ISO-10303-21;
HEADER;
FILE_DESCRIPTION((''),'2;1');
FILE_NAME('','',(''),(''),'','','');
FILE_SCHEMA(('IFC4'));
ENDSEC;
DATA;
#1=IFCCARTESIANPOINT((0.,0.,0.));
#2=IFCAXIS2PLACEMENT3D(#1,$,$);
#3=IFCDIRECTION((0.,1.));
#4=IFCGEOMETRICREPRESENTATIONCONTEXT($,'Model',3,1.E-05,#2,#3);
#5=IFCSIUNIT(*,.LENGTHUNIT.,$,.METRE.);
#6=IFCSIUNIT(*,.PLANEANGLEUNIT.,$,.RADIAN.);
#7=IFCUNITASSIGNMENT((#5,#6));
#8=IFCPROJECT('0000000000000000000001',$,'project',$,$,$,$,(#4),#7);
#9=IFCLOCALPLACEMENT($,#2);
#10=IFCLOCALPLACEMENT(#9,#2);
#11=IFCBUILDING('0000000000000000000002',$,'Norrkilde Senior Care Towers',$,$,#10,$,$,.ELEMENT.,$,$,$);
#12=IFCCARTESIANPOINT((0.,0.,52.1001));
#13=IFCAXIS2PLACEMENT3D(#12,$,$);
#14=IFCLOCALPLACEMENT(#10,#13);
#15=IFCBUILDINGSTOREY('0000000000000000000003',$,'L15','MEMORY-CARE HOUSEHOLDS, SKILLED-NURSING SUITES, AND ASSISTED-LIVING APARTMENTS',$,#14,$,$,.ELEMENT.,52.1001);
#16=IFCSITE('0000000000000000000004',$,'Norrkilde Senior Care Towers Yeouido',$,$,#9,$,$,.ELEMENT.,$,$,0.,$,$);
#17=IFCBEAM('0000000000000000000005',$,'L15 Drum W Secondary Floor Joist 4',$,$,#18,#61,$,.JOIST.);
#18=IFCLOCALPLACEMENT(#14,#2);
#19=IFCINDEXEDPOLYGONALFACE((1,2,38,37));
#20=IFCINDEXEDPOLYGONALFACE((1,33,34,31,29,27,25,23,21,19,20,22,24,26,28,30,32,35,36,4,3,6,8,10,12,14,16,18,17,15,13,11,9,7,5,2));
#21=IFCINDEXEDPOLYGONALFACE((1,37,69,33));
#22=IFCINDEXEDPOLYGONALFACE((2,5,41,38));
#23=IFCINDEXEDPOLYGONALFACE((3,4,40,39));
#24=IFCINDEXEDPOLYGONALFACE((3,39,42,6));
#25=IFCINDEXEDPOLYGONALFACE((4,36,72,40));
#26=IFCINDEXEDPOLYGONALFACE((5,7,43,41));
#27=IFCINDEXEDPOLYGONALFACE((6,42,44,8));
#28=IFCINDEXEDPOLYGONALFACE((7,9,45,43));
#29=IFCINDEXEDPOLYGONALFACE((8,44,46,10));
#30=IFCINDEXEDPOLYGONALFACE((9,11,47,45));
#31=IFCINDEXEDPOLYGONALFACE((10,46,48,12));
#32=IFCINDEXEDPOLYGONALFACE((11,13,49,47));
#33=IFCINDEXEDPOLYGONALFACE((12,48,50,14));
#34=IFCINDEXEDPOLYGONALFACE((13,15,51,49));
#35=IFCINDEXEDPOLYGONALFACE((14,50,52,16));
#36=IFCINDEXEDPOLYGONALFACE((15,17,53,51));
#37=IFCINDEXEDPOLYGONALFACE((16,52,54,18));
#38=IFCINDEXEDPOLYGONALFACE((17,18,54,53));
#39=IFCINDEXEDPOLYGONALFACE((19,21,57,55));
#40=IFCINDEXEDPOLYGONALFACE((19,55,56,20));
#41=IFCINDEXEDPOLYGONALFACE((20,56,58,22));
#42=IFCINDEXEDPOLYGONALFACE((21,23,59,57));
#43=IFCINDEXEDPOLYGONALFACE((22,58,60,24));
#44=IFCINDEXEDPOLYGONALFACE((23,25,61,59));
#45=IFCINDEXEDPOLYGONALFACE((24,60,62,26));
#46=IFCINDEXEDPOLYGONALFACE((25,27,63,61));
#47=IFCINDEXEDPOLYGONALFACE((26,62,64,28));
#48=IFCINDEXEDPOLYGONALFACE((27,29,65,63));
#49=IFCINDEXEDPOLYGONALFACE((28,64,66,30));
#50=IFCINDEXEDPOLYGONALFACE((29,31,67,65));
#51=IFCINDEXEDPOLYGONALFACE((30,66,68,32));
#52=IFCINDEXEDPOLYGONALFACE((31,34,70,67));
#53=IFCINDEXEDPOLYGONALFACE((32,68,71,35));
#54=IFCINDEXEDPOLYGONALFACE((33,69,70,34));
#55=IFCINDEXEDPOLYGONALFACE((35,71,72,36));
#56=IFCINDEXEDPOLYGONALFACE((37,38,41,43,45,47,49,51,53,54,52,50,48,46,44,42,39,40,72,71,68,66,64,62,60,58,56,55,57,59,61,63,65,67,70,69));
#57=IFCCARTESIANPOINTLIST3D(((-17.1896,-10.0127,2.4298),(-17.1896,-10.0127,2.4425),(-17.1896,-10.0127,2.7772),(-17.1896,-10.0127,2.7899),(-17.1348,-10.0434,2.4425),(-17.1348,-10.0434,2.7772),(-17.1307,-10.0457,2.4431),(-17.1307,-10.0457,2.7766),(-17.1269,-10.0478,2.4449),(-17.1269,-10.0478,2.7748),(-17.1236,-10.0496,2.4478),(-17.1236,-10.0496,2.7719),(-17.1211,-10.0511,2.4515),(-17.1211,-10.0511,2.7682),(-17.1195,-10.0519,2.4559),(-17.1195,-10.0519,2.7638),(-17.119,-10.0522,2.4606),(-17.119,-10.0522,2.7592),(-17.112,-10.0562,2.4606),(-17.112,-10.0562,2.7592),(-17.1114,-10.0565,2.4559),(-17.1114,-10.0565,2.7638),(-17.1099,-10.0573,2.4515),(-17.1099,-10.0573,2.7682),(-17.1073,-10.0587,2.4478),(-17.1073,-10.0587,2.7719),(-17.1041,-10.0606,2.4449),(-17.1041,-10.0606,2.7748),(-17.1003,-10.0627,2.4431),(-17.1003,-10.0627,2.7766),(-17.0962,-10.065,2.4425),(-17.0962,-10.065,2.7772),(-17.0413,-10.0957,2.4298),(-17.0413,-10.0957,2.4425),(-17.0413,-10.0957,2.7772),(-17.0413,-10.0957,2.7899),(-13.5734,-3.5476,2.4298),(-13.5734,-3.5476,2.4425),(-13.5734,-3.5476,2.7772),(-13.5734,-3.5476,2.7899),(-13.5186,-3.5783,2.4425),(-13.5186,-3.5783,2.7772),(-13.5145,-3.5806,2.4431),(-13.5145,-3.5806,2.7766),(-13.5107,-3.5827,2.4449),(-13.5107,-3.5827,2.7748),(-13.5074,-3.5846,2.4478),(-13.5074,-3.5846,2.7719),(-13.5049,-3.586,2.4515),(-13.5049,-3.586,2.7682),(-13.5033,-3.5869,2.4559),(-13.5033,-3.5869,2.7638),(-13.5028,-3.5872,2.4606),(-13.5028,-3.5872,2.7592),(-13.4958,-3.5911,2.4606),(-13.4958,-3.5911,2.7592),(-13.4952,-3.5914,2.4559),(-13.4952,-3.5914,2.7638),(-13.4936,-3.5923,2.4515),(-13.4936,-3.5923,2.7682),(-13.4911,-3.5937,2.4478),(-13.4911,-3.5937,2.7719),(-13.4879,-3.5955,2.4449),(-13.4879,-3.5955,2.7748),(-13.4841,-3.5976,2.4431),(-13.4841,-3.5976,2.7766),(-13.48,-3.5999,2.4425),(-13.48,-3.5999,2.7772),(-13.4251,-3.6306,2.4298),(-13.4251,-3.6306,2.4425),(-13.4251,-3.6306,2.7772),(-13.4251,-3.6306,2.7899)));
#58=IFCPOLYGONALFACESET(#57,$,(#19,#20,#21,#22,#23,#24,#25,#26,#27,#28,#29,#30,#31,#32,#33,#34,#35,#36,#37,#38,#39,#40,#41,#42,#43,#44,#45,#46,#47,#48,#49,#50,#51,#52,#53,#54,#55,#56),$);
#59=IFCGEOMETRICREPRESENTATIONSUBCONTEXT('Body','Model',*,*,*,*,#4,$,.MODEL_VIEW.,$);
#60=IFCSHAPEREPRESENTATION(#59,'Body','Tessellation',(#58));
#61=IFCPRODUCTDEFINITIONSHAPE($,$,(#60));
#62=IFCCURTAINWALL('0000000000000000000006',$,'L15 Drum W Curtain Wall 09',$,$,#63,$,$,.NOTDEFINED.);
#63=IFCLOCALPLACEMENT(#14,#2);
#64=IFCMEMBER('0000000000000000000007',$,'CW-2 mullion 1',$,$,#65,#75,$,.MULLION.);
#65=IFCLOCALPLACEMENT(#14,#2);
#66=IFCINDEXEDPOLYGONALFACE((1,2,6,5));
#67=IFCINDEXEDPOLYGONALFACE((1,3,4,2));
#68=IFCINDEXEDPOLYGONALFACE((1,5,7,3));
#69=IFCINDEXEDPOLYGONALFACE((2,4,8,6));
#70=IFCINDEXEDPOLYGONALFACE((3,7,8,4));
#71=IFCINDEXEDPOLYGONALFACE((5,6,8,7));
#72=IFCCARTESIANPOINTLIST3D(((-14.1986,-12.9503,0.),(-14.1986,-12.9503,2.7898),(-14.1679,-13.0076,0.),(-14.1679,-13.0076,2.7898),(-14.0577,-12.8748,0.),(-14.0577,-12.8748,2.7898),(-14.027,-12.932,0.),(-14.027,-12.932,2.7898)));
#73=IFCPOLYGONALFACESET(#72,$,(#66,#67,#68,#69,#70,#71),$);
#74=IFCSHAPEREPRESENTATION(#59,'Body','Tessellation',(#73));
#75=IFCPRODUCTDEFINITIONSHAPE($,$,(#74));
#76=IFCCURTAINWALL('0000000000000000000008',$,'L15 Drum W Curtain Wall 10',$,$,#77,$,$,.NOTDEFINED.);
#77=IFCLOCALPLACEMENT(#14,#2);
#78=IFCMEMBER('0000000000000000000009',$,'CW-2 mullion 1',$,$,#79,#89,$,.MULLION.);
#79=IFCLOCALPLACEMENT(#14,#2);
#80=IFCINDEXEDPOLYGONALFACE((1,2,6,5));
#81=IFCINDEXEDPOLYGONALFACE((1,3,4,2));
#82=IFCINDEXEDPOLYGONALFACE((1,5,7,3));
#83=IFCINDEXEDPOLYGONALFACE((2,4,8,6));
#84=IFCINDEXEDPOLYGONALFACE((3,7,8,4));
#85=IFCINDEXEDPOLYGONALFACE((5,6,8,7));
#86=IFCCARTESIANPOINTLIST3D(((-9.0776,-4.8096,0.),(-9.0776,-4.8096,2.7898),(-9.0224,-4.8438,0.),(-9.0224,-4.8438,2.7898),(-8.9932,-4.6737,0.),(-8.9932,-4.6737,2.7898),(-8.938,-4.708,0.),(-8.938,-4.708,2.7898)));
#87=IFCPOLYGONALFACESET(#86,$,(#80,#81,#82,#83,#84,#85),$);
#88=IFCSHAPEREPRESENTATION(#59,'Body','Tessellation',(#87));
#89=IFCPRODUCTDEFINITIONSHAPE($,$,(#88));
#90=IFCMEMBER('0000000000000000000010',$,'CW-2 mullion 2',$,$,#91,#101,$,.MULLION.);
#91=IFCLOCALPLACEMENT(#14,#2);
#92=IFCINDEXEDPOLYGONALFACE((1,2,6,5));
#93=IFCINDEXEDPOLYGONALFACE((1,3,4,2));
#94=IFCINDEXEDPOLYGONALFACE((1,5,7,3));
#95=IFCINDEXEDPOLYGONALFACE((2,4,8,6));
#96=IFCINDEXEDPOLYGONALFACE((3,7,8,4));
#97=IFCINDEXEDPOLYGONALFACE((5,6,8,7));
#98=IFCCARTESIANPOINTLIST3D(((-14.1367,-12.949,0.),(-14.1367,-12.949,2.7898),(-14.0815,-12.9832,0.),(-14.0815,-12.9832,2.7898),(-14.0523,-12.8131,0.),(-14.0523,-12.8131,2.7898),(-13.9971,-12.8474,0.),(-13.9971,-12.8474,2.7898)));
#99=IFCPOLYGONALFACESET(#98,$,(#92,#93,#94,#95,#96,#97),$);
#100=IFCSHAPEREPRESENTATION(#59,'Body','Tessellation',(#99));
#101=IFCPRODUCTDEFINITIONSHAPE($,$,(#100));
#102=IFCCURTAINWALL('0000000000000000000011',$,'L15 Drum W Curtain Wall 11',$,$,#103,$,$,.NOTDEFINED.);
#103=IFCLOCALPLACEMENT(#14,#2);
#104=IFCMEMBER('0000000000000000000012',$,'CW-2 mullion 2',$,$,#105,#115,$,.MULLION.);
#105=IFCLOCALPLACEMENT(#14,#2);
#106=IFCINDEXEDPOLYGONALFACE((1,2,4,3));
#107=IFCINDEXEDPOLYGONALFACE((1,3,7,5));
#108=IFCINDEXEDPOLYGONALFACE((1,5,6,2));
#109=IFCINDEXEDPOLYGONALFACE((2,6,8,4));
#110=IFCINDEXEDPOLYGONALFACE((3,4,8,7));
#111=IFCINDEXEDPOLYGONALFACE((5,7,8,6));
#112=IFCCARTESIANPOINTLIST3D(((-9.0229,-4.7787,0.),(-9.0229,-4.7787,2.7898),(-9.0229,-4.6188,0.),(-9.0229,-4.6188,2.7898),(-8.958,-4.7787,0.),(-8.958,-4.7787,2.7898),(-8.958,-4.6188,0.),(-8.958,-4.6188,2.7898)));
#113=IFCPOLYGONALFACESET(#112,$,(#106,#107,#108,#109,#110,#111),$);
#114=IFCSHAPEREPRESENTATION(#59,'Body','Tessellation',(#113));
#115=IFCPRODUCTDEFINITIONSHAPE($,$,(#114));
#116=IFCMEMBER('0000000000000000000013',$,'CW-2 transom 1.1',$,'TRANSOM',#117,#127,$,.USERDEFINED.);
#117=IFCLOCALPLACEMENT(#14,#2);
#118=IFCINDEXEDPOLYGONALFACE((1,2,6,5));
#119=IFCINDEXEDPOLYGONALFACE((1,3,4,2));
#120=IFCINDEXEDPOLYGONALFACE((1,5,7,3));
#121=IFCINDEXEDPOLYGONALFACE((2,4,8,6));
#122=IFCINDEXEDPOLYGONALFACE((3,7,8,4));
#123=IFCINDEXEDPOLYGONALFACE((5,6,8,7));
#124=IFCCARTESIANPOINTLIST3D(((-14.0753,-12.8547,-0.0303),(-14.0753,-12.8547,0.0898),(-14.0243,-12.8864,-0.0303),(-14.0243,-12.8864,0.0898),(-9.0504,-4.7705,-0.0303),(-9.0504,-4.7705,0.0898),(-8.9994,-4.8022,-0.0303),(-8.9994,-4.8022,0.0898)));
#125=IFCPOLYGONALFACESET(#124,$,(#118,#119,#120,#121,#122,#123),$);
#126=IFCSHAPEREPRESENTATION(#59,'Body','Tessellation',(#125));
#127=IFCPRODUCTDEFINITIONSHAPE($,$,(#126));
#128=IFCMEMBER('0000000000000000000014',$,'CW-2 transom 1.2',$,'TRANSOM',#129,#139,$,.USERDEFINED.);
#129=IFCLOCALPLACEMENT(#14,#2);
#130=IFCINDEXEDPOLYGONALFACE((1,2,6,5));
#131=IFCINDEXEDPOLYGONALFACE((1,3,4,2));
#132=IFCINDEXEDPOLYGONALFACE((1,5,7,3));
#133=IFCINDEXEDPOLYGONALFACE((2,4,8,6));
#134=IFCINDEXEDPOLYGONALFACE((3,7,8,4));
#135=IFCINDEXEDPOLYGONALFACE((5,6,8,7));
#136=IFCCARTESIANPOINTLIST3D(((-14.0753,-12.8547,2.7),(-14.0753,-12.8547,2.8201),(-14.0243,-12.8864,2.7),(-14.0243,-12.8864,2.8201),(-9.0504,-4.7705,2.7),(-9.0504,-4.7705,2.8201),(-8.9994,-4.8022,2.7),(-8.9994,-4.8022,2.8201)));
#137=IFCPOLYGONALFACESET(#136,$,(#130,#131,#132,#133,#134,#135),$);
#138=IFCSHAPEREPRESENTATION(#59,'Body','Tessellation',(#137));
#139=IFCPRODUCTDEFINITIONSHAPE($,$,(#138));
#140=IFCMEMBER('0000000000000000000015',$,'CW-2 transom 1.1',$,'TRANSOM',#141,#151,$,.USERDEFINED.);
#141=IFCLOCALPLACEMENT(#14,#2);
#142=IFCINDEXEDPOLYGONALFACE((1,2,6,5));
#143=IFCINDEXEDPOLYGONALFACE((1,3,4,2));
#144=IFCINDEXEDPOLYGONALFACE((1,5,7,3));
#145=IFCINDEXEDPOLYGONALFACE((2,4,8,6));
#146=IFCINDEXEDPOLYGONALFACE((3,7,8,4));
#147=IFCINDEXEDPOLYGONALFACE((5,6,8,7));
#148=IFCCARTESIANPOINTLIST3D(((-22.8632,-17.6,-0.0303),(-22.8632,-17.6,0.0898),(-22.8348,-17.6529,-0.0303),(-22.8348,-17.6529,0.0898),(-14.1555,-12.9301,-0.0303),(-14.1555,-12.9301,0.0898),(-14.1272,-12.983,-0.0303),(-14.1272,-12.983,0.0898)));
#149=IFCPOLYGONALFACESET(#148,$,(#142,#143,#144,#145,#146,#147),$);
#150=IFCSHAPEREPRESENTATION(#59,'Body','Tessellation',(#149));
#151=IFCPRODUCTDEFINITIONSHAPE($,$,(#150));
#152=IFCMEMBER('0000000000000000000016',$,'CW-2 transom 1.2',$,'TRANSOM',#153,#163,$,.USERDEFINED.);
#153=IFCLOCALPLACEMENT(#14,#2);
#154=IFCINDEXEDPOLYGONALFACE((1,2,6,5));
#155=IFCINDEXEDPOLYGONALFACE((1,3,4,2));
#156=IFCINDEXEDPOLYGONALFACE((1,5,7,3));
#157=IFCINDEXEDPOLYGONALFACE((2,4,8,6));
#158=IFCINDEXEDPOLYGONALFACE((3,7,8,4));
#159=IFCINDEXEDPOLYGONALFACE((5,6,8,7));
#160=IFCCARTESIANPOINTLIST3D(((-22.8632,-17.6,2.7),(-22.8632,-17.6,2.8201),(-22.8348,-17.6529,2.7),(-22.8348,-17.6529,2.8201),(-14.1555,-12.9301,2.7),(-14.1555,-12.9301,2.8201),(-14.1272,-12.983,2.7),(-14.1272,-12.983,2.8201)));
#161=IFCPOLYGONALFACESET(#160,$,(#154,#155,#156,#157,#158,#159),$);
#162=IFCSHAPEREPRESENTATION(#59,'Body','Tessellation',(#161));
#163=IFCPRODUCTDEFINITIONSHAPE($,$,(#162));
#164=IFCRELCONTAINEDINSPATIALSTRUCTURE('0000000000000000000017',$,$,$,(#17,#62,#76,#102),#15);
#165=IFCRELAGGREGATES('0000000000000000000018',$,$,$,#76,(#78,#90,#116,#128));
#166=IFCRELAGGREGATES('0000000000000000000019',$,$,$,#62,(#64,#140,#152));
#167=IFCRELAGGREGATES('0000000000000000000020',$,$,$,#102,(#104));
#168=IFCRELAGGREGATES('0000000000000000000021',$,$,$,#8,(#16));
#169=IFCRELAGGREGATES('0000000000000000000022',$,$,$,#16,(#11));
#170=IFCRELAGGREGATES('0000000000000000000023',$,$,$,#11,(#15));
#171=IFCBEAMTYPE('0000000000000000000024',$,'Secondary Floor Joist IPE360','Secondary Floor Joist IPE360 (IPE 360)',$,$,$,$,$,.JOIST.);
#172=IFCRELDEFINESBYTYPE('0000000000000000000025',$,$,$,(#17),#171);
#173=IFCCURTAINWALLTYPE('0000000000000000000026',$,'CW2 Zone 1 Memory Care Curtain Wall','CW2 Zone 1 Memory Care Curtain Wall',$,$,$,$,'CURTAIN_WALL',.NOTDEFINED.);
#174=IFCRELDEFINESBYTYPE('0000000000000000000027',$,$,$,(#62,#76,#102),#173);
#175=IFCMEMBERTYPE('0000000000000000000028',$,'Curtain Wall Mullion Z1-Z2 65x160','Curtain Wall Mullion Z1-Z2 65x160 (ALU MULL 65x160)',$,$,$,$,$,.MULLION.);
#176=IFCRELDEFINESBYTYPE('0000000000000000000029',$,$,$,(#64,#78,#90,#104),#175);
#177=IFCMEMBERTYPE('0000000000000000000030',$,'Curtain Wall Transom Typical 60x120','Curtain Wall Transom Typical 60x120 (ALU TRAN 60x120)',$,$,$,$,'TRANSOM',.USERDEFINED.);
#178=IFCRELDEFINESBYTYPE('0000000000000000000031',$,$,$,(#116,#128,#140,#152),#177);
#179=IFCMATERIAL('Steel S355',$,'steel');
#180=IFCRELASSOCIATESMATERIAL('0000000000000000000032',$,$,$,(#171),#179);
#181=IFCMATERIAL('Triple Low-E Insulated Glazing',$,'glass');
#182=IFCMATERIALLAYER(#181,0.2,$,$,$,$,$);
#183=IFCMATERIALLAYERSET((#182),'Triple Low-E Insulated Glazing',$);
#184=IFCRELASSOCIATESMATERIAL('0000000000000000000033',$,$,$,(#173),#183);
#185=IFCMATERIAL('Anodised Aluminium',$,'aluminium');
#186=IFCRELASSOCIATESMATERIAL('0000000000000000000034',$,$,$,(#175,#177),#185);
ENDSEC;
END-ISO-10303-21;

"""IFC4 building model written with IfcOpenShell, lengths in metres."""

from ifc_helpers import new_model, si_unit, direction, frame, origin, origin_2d, place, context, subcontext, project, spatial, rectangle, i_section, extrude, source, transform, mapped, material, layer, layer_set, material_profile, profile_set, type_object, type_shapes, element, aggregate, save


model = new_model("IFC4")

# Units and contexts
model_context = context("Model", 3, precision=1e-05, world=origin(), true_north=direction((0.0, 1.0)))
body_context = subcontext(model_context, "Body", "Model", "MODEL_VIEW")
ifc_project = project(units=[si_unit("LENGTHUNIT", "METRE"), si_unit("PLANEANGLEUNIT", "RADIAN")], contexts=[model_context])

# Site, building, storey
site_placement = place(None, origin())
site = spatial("IfcSite", under=ifc_project, at=site_placement, Name="Norrkilde Senior Care Towers Yeouido", CompositionType="ELEMENT", RefElevation=0.0)
building_placement = place(site_placement, origin())
building = spatial("IfcBuilding", under=site, at=building_placement, Name="Norrkilde Senior Care Towers", CompositionType="ELEMENT")
storey_placement = place(building_placement, frame((0.0, 0.0, 52.1001)))
storey = spatial("IfcBuildingStorey", under=building, at=storey_placement, Name="L15", Description="MEMORY-CARE HOUSEHOLDS, SKILLED-NURSING SUITES, AND ASSISTED-LIVING APARTMENTS", CompositionType="ELEMENT", Elevation=52.1001)

# Beam
ifc_material_1 = material(Name="Steel S355", Category="steel")
ifc_material_profile_1 = material_profile(ifc_material_1, i_section(OverallWidth=0.1699, OverallDepth=0.3601, WebThickness=0.0081, FlangeThickness=0.0127, FilletRadius=0.0181, at=origin_2d()), Name="IPE 360")
ifc_profile_set_1 = profile_set([ifc_material_profile_1], Name="Steel S355")
beam_type_1 = type_object("IfcBeamType", Name="Secondary Floor Joist IPE360", Description="Secondary Floor Joist IPE360 (IPE 360)", PredefinedType="JOIST", material=ifc_profile_set_1)
shared_shape_1 = source(origin(), body_context, "Body", "SweptSolid", [
    extrude(i_section(OverallWidth=0.1699, OverallDepth=0.3601, WebThickness=0.0081, FlangeThickness=0.0127, FilletRadius=0.0181, at=origin_2d()), origin(), (0.0, 0.0, 1.0), 7.4077),
])
type_shapes(beam_type_1, [shared_shape_1])
beam_1_placement = place(storey_placement, frame((-17.1155, -10.0542, 2.6099), z_axis=(0.488168, 0.87275, 0.0), x_axis=(-0.87275, 0.488168, 0.0)))
element("IfcBeam", 1, at=beam_1_placement, inside=storey, type_object=beam_type_1, Name="L15 Drum W Secondary Floor Joist 4", PredefinedType="JOIST", context=body_context, shape_type="MappedRepresentation", body=[
    mapped(shared_shape_1, transform((0.0, 0.0, 0.0), x_axis=(1.0, 0.0, 0.0), y_axis=(0.0, 1.0, 0.0), z_axis=(0.0, 0.0, 1.0), scale=1.0)),
])

# Curtain wall, member
ifc_material_2 = material(Name="Triple Low-E Insulated Glazing", Category="glass")
ifc_layer_1 = layer(ifc_material_2, 0.2)
ifc_layer_set_1 = layer_set([ifc_layer_1], Name="Triple Low-E Insulated Glazing")
curtain_wall_type = type_object("IfcCurtainWallType", Name="CW2 Zone 1 Memory Care Curtain Wall", Description="CW2 Zone 1 Memory Care Curtain Wall", ElementType="CURTAIN_WALL", PredefinedType="NOTDEFINED", material=ifc_layer_set_1)
curtain_wall_1_placement = place(storey_placement, origin())
curtain_wall_1 = element("IfcCurtainWall", 2, at=curtain_wall_1_placement, inside=storey, type_object=curtain_wall_type, Name="L15 Drum W Curtain Wall 09", PredefinedType="NOTDEFINED")
ifc_material_3 = material(Name="Anodised Aluminium", Category="aluminium")
ifc_material_profile_2 = material_profile(ifc_material_3, rectangle(XDim=0.0649, YDim=0.1599, at=origin_2d()), Name="ALU MULL 65x160")
ifc_profile_set_2 = profile_set([ifc_material_profile_2], Name="Anodised Aluminium")
member_type_1 = type_object("IfcMemberType", Name="Curtain Wall Mullion Z1-Z2 65x160", Description="Curtain Wall Mullion Z1-Z2 65x160 (ALU MULL 65x160)", PredefinedType="MULLION", material=ifc_profile_set_2)
shared_shape_2 = source(origin(), body_context, "Body", "SweptSolid", [
    extrude(rectangle(XDim=0.0649, YDim=0.1599, at=origin_2d()), origin(), (0.0, 0.0, 1.0), 2.7898),
])
type_shapes(member_type_1, [shared_shape_2])
member_1_placement = place(storey_placement, frame((-14.1128, -12.9412, 0.0), z_axis=(0.0, 0.0, 1.0), x_axis=(0.472608, -0.881273, 0.0)))
member_1 = element("IfcMember", 3, at=member_1_placement, type_object=member_type_1, Name="CW-2 mullion 1", PredefinedType="MULLION", context=body_context, shape_type="MappedRepresentation", body=[
    mapped(shared_shape_2, transform((0.0, 0.0, 0.0), x_axis=(1.0, 0.0, 0.0), y_axis=(0.0, 1.0, 0.0), z_axis=(0.0, 0.0, 1.0), scale=1.0)),
])

# Curtain wall, members
curtain_wall_2_placement = place(storey_placement, origin())
curtain_wall_2 = element("IfcCurtainWall", 4, at=curtain_wall_2_placement, inside=storey, type_object=curtain_wall_type, Name="L15 Drum W Curtain Wall 10", PredefinedType="NOTDEFINED")
member_2_placement = place(storey_placement, frame((-9.0078, -4.7588, 0.0), z_axis=(0.0, 0.0, 1.0), x_axis=(0.849306, -0.527901, 0.0)))
member_2 = element("IfcMember", 5, at=member_2_placement, type_object=member_type_1, Name="CW-2 mullion 1", PredefinedType="MULLION", context=body_context, shape_type="MappedRepresentation", body=[
    mapped(shared_shape_2, transform((0.0, 0.0, 0.0), x_axis=(1.0, 0.0, 0.0), y_axis=(0.0, 1.0, 0.0), z_axis=(0.0, 0.0, 1.0), scale=1.0)),
])
member_3_placement = place(storey_placement, frame((-14.0669, -12.8982, 0.0), z_axis=(0.0, 0.0, 1.0), x_axis=(0.849306, -0.527901, 0.0)))
member_3 = element("IfcMember", 6, at=member_3_placement, type_object=member_type_1, Name="CW-2 mullion 2", PredefinedType="MULLION", context=body_context, shape_type="MappedRepresentation", body=[
    mapped(shared_shape_2, transform((0.0, 0.0, 0.0), x_axis=(1.0, 0.0, 0.0), y_axis=(0.0, 1.0, 0.0), z_axis=(0.0, 0.0, 1.0), scale=1.0)),
])

# Curtain wall, member
curtain_wall_3_placement = place(storey_placement, origin())
curtain_wall_3 = element("IfcCurtainWall", 7, at=curtain_wall_3_placement, inside=storey, type_object=curtain_wall_type, Name="L15 Drum W Curtain Wall 11", PredefinedType="NOTDEFINED")
member_4_placement = place(storey_placement, frame((-8.9905, -4.6987, 0.0), z_axis=(0.0, 0.0, 1.0), x_axis=(1.0, 0.0, 0.0)))
member_4 = element("IfcMember", 8, at=member_4_placement, type_object=member_type_1, Name="CW-2 mullion 2", PredefinedType="MULLION", context=body_context, shape_type="MappedRepresentation", body=[
    mapped(shared_shape_2, transform((0.0, 0.0, 0.0), x_axis=(1.0, 0.0, 0.0), y_axis=(0.0, 1.0, 0.0), z_axis=(0.0, 0.0, 1.0), scale=1.0)),
])

# Members
ifc_material_profile_3 = material_profile(ifc_material_3, rectangle(XDim=0.0601, YDim=0.1201, at=origin_2d()), Name="ALU TRAN 60x120")
ifc_profile_set_3 = profile_set([ifc_material_profile_3], Name="Anodised Aluminium")
member_type_2 = type_object("IfcMemberType", Name="Curtain Wall Transom Typical 60x120", Description="Curtain Wall Transom Typical 60x120 (ALU TRAN 60x120)", ElementType="TRANSOM", PredefinedType="USERDEFINED", material=ifc_profile_set_3)
shared_shape_3 = source(origin(), body_context, "Body", "SweptSolid", [
    extrude(rectangle(XDim=0.0601, YDim=0.1201, at=origin_2d()), origin(), (0.0, 0.0, 1.0), 9.5186),
])
member_5_placement = place(storey_placement, frame((-9.0249, -4.7864, 0.0298), z_axis=(-0.527902, -0.849306, 0.0), x_axis=(0.849306, -0.527902, 0.0)))
member_5 = element("IfcMember", 9, at=member_5_placement, type_object=member_type_2, Name="CW-2 transom 1.1", ObjectType="TRANSOM", PredefinedType="USERDEFINED", context=body_context, shape_type="MappedRepresentation", body=[
    mapped(shared_shape_3, transform((0.0, 0.0, 0.0), x_axis=(1.0, 0.0, 0.0), y_axis=(0.0, 1.0, 0.0), z_axis=(0.0, 0.0, 1.0), scale=1.0)),
])
member_6_placement = place(storey_placement, frame((-9.0249, -4.7864, 2.76), z_axis=(-0.527902, -0.849306, 0.0), x_axis=(0.849306, -0.527902, 0.0)))
member_6 = element("IfcMember", 10, at=member_6_placement, type_object=member_type_2, Name="CW-2 transom 1.2", ObjectType="TRANSOM", PredefinedType="USERDEFINED", context=body_context, shape_type="MappedRepresentation", body=[
    mapped(shared_shape_3, transform((0.0, 0.0, 0.0), x_axis=(1.0, 0.0, 0.0), y_axis=(0.0, 1.0, 0.0), z_axis=(0.0, 0.0, 1.0), scale=1.0)),
])
shared_shape_4 = source(origin(), body_context, "Body", "SweptSolid", [
    extrude(rectangle(XDim=0.0601, YDim=0.1201, at=origin_2d()), origin(), (0.0, 0.0, 1.0), 9.8809),
])
type_shapes(member_type_2, [shared_shape_3, shared_shape_4])
member_7_placement = place(storey_placement, frame((-14.1414, -12.9565, 0.0298), z_axis=(-0.881267, -0.472618, 0.0), x_axis=(0.472618, -0.881267, 0.0)))
member_7 = element("IfcMember", 11, at=member_7_placement, type_object=member_type_2, Name="CW-2 transom 1.1", ObjectType="TRANSOM", PredefinedType="USERDEFINED", context=body_context, shape_type="MappedRepresentation", body=[
    mapped(shared_shape_4, transform((0.0, 0.0, 0.0), x_axis=(1.0, 0.0, 0.0), y_axis=(0.0, 1.0, 0.0), z_axis=(0.0, 0.0, 1.0), scale=1.0)),
])
member_8_placement = place(storey_placement, frame((-14.1414, -12.9565, 2.76), z_axis=(-0.881267, -0.472618, 0.0), x_axis=(0.472618, -0.881267, 0.0)))
member_8 = element("IfcMember", 12, at=member_8_placement, type_object=member_type_2, Name="CW-2 transom 1.2", ObjectType="TRANSOM", PredefinedType="USERDEFINED", context=body_context, shape_type="MappedRepresentation", body=[
    mapped(shared_shape_4, transform((0.0, 0.0, 0.0), x_axis=(1.0, 0.0, 0.0), y_axis=(0.0, 1.0, 0.0), z_axis=(0.0, 0.0, 1.0), scale=1.0)),
])

aggregate(curtain_wall_2, [member_2, member_3, member_5, member_6])
aggregate(curtain_wall_1, [member_1, member_7, member_8])
aggregate(curtain_wall_3, [member_4])

save(model, "model.ifc")
